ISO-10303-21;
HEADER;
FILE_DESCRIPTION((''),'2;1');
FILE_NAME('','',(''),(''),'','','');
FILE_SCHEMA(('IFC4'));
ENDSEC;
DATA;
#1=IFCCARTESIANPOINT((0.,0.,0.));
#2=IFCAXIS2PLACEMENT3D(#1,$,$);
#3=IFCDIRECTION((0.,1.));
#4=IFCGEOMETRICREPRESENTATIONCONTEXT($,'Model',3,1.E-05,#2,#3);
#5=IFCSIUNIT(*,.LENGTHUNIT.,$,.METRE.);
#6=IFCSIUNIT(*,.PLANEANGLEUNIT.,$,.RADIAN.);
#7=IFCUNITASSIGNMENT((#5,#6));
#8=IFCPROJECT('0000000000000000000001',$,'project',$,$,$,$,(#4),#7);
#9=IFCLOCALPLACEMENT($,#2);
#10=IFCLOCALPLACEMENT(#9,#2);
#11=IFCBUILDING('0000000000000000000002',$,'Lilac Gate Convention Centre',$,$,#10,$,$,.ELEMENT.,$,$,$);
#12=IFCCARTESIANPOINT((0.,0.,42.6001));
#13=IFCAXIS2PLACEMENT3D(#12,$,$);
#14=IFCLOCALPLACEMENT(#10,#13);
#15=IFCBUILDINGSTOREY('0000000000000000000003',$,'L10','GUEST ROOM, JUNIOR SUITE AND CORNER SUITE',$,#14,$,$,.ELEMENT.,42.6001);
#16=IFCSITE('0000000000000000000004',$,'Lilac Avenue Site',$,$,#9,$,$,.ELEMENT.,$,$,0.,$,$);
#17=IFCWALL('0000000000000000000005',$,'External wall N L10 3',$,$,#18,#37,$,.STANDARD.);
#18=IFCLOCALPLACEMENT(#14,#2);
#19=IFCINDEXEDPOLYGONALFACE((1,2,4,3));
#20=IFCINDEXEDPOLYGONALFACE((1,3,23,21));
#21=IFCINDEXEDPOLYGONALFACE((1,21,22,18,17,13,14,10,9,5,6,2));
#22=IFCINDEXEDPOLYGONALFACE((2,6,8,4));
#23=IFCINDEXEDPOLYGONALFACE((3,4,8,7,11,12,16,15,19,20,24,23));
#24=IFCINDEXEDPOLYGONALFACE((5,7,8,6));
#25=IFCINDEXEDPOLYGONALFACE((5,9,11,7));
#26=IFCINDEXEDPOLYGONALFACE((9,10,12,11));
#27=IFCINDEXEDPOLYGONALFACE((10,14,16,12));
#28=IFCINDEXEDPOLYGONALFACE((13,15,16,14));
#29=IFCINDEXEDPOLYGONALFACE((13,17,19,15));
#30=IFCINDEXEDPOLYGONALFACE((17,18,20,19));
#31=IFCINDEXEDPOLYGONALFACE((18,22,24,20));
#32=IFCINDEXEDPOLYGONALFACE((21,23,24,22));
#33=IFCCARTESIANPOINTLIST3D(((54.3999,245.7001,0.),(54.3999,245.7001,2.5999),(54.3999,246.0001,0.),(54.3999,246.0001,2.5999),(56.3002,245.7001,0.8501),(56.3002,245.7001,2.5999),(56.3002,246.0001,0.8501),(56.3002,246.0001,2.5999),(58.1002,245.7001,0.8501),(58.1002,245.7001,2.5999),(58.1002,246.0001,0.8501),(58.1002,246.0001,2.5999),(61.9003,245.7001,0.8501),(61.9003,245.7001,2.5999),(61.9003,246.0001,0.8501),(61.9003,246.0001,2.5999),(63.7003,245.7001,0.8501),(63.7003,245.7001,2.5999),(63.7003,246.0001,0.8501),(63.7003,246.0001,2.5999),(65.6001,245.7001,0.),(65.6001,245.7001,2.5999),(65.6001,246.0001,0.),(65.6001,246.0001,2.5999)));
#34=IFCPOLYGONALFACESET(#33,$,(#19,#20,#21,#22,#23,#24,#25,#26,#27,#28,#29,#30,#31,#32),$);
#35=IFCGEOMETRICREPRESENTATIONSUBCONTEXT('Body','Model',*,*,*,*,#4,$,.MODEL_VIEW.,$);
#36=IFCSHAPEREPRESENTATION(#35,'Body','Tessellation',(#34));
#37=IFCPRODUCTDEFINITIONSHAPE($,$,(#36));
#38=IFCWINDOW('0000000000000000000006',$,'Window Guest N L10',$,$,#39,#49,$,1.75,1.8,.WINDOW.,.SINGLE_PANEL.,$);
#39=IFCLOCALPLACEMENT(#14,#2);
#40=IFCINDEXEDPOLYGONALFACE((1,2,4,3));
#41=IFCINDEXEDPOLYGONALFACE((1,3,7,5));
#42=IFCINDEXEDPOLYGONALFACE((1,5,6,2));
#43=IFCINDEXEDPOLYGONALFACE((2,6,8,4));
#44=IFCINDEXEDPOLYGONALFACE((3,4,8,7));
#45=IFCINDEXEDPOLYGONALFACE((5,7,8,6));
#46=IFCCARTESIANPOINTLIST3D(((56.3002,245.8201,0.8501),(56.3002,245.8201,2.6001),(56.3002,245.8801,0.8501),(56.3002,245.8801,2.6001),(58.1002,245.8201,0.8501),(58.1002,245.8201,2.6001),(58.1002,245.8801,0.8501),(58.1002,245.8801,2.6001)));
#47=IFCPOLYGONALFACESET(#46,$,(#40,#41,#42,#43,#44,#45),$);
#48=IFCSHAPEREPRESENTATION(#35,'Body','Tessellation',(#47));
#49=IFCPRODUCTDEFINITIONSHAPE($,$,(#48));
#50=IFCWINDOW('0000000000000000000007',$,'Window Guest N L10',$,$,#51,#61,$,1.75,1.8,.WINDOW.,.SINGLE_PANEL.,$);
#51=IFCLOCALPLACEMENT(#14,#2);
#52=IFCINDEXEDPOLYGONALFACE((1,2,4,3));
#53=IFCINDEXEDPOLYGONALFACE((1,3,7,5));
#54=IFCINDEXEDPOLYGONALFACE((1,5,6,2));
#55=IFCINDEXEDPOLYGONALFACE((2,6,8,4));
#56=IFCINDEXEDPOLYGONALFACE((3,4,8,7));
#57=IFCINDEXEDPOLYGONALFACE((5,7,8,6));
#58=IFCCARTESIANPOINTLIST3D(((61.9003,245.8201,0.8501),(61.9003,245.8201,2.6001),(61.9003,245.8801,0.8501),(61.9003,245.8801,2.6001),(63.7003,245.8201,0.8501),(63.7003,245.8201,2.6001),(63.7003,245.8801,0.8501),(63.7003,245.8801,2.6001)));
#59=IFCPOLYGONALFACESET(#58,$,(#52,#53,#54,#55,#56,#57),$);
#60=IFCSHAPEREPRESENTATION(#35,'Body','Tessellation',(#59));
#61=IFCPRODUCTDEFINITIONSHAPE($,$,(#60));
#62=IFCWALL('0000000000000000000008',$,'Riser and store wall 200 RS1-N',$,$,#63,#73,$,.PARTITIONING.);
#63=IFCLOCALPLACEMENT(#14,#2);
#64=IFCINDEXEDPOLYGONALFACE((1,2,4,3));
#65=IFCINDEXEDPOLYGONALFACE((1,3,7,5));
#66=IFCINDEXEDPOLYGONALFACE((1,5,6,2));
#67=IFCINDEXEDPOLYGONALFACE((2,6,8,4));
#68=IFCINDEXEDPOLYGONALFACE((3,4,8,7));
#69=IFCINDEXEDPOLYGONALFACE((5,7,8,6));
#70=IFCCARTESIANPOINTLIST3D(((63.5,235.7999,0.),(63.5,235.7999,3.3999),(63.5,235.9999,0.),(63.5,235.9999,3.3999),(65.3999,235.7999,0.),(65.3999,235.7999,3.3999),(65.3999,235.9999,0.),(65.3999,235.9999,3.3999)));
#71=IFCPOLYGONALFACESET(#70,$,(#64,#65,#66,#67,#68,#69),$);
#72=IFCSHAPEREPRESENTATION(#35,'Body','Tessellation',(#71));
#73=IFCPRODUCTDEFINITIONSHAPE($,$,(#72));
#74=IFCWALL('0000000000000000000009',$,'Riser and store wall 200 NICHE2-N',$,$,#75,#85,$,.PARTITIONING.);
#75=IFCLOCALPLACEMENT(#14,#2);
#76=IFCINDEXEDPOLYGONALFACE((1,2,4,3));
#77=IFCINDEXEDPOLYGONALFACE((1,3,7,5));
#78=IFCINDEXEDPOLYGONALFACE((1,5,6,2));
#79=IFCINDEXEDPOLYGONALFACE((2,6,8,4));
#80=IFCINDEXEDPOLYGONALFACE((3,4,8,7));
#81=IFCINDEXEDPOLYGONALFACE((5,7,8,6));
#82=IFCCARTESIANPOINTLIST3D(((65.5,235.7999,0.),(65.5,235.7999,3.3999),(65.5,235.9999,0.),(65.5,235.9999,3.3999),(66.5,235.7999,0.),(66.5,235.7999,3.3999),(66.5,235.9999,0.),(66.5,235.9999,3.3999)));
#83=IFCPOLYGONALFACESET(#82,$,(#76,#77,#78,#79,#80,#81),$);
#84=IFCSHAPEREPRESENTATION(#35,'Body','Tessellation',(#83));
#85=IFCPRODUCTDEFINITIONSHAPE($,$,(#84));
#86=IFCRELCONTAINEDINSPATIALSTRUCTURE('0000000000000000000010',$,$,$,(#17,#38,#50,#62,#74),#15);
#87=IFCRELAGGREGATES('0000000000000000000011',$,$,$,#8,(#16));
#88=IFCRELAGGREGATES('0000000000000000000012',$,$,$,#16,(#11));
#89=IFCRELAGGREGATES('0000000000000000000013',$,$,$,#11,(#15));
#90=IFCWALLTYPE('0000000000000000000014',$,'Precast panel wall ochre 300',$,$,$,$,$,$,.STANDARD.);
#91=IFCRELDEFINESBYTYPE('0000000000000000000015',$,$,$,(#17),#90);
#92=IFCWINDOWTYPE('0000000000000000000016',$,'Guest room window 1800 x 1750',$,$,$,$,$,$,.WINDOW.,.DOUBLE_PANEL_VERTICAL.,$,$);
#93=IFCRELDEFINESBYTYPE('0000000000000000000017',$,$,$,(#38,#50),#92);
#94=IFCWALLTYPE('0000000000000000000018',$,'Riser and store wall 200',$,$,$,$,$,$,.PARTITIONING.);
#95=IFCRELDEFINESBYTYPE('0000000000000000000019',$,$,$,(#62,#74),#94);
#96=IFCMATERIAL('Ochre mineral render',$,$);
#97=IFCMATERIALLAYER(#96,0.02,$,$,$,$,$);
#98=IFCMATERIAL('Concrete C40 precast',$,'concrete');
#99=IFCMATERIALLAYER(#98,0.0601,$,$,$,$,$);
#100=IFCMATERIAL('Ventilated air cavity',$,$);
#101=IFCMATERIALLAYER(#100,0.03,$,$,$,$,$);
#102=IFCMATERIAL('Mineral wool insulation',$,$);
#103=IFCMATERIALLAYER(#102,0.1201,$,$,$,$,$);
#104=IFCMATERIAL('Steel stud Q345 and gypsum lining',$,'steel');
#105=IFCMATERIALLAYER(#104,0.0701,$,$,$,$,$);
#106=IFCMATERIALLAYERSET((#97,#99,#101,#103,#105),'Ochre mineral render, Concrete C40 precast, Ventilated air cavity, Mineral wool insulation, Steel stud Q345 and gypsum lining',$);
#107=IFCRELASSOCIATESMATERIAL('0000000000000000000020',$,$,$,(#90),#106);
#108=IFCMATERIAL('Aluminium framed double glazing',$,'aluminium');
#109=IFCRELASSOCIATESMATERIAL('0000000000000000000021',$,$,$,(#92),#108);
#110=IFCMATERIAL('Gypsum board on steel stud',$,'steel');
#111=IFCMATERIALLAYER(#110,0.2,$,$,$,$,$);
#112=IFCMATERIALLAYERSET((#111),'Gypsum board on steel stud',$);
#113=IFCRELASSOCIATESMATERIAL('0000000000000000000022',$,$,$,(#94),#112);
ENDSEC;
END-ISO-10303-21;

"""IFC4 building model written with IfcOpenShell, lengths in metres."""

from ifc_helpers import new_model, si_unit, direction, frame, frame_2d, origin, place, context, subcontext, project, spatial, rectangle, extrude, material, layer, layer_set, type_object, element, fill, save


model = new_model("IFC4")

# Units and contexts
model_context = context("Model", 3, precision=1e-05, world=origin(), true_north=direction((0.0, 1.0)))
body_context = subcontext(model_context, "Body", "Model", "MODEL_VIEW")
ifc_project = project(units=[si_unit("LENGTHUNIT", "METRE"), si_unit("PLANEANGLEUNIT", "RADIAN")], contexts=[model_context])

# Site, building, storey
site_placement = place(None, origin())
site = spatial("IfcSite", under=ifc_project, at=site_placement, Name="Lilac Avenue Site", CompositionType="ELEMENT", RefElevation=0.0)
building_placement = place(site_placement, origin())
building = spatial("IfcBuilding", under=site, at=building_placement, Name="Lilac Gate Convention Centre", CompositionType="ELEMENT")
storey_placement = place(building_placement, frame((0.0, 0.0, 42.6001)))
storey = spatial("IfcBuildingStorey", under=building, at=storey_placement, Name="L10", Description="GUEST ROOM, JUNIOR SUITE AND CORNER SUITE", CompositionType="ELEMENT", Elevation=42.6001)

# Shared definitions
ifc_material_1 = material(Name="Gypsum board on steel stud", Category="steel")

# Shared definitions
ifc_material_2 = material(Name="Concrete C40 precast", Category="concrete")

# Wall, openings, windows
ifc_material_3 = material(Name="Ochre mineral render")
ifc_layer_1 = layer(ifc_material_3, 0.02)
ifc_layer_2 = layer(ifc_material_2, 0.0601)
ifc_material_4 = material(Name="Ventilated air cavity")
ifc_layer_3 = layer(ifc_material_4, 0.03)
ifc_material_5 = material(Name="Mineral wool insulation")
ifc_layer_4 = layer(ifc_material_5, 0.1201)
ifc_material_6 = material(Name="Steel stud Q345 and gypsum lining", Category="steel")
ifc_layer_5 = layer(ifc_material_6, 0.0701)
ifc_layer_set_1 = layer_set([ifc_layer_1, ifc_layer_2, ifc_layer_3, ifc_layer_4, ifc_layer_5], Name="Ochre mineral render, Concrete C40 precast, Ventilated air cavity, Mineral wool insulation, Steel stud Q345 and gypsum lining")
wall_type_1 = type_object("IfcWallType", Name="Precast panel wall ochre 300", PredefinedType="STANDARD", material=ifc_layer_set_1)
wall_1_placement = place(storey_placement, frame((65.6001, 245.8501, 0.0), z_axis=(0.0, 0.0, 1.0), x_axis=(-1.0, 0.0, 0.0)))
wall_1 = element("IfcWall", 1, at=wall_1_placement, inside=storey, type_object=wall_type_1, Name="External wall N L10 3", PredefinedType="STANDARD", context=body_context, shape_type="SweptSolid", body=[
    extrude(rectangle(XDim=11.2002, YDim=0.3, at=frame_2d((5.6001, 0.0))), origin(), (0.0, 0.0, 1.0), 2.5999),
])
opening_1_placement = place(wall_1_placement, frame((7.5, 0.0, 0.8501)))
opening_1 = element("IfcOpeningElement", 2, at=opening_1_placement, cuts=wall_1, PredefinedType="OPENING", context=body_context, shape_type="SweptSolid", body=[
    extrude(rectangle(XDim=1.8, YDim=1.75, at=frame_2d((0.8999, 0.875))), frame((0.0, 0.1599, 0.0), z_axis=(0.0, -1.0, 0.0), x_axis=(1.0, 0.0, 0.0)), (0.0, 0.0, 1.0), 0.3201),
])
opening_2_placement = place(wall_1_placement, frame((1.8999, 0.0, 0.8501)))
opening_2 = element("IfcOpeningElement", 3, at=opening_2_placement, cuts=wall_1, PredefinedType="OPENING", context=body_context, shape_type="SweptSolid", body=[
    extrude(rectangle(XDim=1.8, YDim=1.75, at=frame_2d((0.8999, 0.875))), frame((0.0, 0.1599, 0.0), z_axis=(0.0, -1.0, 0.0), x_axis=(1.0, 0.0, 0.0)), (0.0, 0.0, 1.0), 0.3201),
])
ifc_material_7 = material(Name="Aluminium framed double glazing", Category="aluminium")
window_type = type_object("IfcWindowType", Name="Guest room window 1800 x 1750", PartitioningType="DOUBLE_PANEL_VERTICAL", PredefinedType="WINDOW", material=ifc_material_7)
window_1_placement = place(opening_1_placement, origin())
window_1 = element("IfcWindow", 4, at=window_1_placement, inside=storey, type_object=window_type, Name="Window Guest N L10", OverallHeight=1.75, OverallWidth=1.8, PartitioningType="SINGLE_PANEL", PredefinedType="WINDOW", context=body_context, shape_type="SweptSolid", body=[
    extrude(rectangle(XDim=1.8, YDim=1.75, at=frame_2d((0.8999, 0.875))), frame((0.0, 0.03, 0.0), z_axis=(0.0, -1.0, 0.0), x_axis=(1.0, 0.0, 0.0)), (0.0, 0.0, 1.0), 0.0601),
])
fill(opening_1, window_1)
window_2_placement = place(opening_2_placement, origin())
window_2 = element("IfcWindow", 5, at=window_2_placement, inside=storey, type_object=window_type, Name="Window Guest N L10", OverallHeight=1.75, OverallWidth=1.8, PartitioningType="SINGLE_PANEL", PredefinedType="WINDOW", context=body_context, shape_type="SweptSolid", body=[
    extrude(rectangle(XDim=1.8, YDim=1.75, at=frame_2d((0.8999, 0.875))), frame((0.0, 0.03, 0.0), z_axis=(0.0, -1.0, 0.0), x_axis=(1.0, 0.0, 0.0)), (0.0, 0.0, 1.0), 0.0601),
])
fill(opening_2, window_2)

# Walls
ifc_layer_6 = layer(ifc_material_1, 0.2)
ifc_layer_set_2 = layer_set([ifc_layer_6], Name="Gypsum board on steel stud")
wall_type_2 = type_object("IfcWallType", Name="Riser and store wall 200", PredefinedType="PARTITIONING", material=ifc_layer_set_2)
wall_2_placement = place(storey_placement, frame((63.5, 235.8999, 0.0), z_axis=(0.0, 0.0, 1.0), x_axis=(1.0, 0.0, 0.0)))
element("IfcWall", 6, at=wall_2_placement, inside=storey, type_object=wall_type_2, Name="Riser and store wall 200 RS1-N", PredefinedType="PARTITIONING", context=body_context, shape_type="SweptSolid", body=[
    extrude(rectangle(XDim=1.8999, YDim=0.2, at=frame_2d((0.95, 0.0))), origin(), (0.0, 0.0, 1.0), 3.3999),
])
wall_3_placement = place(storey_placement, frame((65.5, 235.8999, 0.0), z_axis=(0.0, 0.0, 1.0), x_axis=(1.0, 0.0, 0.0)))
element("IfcWall", 7, at=wall_3_placement, inside=storey, type_object=wall_type_2, Name="Riser and store wall 200 NICHE2-N", PredefinedType="PARTITIONING", context=body_context, shape_type="SweptSolid", body=[
    extrude(rectangle(XDim=1.0, YDim=0.2, at=frame_2d((0.5, 0.0))), origin(), (0.0, 0.0, 1.0), 3.3999),
])

save(model, "model.ifc")
